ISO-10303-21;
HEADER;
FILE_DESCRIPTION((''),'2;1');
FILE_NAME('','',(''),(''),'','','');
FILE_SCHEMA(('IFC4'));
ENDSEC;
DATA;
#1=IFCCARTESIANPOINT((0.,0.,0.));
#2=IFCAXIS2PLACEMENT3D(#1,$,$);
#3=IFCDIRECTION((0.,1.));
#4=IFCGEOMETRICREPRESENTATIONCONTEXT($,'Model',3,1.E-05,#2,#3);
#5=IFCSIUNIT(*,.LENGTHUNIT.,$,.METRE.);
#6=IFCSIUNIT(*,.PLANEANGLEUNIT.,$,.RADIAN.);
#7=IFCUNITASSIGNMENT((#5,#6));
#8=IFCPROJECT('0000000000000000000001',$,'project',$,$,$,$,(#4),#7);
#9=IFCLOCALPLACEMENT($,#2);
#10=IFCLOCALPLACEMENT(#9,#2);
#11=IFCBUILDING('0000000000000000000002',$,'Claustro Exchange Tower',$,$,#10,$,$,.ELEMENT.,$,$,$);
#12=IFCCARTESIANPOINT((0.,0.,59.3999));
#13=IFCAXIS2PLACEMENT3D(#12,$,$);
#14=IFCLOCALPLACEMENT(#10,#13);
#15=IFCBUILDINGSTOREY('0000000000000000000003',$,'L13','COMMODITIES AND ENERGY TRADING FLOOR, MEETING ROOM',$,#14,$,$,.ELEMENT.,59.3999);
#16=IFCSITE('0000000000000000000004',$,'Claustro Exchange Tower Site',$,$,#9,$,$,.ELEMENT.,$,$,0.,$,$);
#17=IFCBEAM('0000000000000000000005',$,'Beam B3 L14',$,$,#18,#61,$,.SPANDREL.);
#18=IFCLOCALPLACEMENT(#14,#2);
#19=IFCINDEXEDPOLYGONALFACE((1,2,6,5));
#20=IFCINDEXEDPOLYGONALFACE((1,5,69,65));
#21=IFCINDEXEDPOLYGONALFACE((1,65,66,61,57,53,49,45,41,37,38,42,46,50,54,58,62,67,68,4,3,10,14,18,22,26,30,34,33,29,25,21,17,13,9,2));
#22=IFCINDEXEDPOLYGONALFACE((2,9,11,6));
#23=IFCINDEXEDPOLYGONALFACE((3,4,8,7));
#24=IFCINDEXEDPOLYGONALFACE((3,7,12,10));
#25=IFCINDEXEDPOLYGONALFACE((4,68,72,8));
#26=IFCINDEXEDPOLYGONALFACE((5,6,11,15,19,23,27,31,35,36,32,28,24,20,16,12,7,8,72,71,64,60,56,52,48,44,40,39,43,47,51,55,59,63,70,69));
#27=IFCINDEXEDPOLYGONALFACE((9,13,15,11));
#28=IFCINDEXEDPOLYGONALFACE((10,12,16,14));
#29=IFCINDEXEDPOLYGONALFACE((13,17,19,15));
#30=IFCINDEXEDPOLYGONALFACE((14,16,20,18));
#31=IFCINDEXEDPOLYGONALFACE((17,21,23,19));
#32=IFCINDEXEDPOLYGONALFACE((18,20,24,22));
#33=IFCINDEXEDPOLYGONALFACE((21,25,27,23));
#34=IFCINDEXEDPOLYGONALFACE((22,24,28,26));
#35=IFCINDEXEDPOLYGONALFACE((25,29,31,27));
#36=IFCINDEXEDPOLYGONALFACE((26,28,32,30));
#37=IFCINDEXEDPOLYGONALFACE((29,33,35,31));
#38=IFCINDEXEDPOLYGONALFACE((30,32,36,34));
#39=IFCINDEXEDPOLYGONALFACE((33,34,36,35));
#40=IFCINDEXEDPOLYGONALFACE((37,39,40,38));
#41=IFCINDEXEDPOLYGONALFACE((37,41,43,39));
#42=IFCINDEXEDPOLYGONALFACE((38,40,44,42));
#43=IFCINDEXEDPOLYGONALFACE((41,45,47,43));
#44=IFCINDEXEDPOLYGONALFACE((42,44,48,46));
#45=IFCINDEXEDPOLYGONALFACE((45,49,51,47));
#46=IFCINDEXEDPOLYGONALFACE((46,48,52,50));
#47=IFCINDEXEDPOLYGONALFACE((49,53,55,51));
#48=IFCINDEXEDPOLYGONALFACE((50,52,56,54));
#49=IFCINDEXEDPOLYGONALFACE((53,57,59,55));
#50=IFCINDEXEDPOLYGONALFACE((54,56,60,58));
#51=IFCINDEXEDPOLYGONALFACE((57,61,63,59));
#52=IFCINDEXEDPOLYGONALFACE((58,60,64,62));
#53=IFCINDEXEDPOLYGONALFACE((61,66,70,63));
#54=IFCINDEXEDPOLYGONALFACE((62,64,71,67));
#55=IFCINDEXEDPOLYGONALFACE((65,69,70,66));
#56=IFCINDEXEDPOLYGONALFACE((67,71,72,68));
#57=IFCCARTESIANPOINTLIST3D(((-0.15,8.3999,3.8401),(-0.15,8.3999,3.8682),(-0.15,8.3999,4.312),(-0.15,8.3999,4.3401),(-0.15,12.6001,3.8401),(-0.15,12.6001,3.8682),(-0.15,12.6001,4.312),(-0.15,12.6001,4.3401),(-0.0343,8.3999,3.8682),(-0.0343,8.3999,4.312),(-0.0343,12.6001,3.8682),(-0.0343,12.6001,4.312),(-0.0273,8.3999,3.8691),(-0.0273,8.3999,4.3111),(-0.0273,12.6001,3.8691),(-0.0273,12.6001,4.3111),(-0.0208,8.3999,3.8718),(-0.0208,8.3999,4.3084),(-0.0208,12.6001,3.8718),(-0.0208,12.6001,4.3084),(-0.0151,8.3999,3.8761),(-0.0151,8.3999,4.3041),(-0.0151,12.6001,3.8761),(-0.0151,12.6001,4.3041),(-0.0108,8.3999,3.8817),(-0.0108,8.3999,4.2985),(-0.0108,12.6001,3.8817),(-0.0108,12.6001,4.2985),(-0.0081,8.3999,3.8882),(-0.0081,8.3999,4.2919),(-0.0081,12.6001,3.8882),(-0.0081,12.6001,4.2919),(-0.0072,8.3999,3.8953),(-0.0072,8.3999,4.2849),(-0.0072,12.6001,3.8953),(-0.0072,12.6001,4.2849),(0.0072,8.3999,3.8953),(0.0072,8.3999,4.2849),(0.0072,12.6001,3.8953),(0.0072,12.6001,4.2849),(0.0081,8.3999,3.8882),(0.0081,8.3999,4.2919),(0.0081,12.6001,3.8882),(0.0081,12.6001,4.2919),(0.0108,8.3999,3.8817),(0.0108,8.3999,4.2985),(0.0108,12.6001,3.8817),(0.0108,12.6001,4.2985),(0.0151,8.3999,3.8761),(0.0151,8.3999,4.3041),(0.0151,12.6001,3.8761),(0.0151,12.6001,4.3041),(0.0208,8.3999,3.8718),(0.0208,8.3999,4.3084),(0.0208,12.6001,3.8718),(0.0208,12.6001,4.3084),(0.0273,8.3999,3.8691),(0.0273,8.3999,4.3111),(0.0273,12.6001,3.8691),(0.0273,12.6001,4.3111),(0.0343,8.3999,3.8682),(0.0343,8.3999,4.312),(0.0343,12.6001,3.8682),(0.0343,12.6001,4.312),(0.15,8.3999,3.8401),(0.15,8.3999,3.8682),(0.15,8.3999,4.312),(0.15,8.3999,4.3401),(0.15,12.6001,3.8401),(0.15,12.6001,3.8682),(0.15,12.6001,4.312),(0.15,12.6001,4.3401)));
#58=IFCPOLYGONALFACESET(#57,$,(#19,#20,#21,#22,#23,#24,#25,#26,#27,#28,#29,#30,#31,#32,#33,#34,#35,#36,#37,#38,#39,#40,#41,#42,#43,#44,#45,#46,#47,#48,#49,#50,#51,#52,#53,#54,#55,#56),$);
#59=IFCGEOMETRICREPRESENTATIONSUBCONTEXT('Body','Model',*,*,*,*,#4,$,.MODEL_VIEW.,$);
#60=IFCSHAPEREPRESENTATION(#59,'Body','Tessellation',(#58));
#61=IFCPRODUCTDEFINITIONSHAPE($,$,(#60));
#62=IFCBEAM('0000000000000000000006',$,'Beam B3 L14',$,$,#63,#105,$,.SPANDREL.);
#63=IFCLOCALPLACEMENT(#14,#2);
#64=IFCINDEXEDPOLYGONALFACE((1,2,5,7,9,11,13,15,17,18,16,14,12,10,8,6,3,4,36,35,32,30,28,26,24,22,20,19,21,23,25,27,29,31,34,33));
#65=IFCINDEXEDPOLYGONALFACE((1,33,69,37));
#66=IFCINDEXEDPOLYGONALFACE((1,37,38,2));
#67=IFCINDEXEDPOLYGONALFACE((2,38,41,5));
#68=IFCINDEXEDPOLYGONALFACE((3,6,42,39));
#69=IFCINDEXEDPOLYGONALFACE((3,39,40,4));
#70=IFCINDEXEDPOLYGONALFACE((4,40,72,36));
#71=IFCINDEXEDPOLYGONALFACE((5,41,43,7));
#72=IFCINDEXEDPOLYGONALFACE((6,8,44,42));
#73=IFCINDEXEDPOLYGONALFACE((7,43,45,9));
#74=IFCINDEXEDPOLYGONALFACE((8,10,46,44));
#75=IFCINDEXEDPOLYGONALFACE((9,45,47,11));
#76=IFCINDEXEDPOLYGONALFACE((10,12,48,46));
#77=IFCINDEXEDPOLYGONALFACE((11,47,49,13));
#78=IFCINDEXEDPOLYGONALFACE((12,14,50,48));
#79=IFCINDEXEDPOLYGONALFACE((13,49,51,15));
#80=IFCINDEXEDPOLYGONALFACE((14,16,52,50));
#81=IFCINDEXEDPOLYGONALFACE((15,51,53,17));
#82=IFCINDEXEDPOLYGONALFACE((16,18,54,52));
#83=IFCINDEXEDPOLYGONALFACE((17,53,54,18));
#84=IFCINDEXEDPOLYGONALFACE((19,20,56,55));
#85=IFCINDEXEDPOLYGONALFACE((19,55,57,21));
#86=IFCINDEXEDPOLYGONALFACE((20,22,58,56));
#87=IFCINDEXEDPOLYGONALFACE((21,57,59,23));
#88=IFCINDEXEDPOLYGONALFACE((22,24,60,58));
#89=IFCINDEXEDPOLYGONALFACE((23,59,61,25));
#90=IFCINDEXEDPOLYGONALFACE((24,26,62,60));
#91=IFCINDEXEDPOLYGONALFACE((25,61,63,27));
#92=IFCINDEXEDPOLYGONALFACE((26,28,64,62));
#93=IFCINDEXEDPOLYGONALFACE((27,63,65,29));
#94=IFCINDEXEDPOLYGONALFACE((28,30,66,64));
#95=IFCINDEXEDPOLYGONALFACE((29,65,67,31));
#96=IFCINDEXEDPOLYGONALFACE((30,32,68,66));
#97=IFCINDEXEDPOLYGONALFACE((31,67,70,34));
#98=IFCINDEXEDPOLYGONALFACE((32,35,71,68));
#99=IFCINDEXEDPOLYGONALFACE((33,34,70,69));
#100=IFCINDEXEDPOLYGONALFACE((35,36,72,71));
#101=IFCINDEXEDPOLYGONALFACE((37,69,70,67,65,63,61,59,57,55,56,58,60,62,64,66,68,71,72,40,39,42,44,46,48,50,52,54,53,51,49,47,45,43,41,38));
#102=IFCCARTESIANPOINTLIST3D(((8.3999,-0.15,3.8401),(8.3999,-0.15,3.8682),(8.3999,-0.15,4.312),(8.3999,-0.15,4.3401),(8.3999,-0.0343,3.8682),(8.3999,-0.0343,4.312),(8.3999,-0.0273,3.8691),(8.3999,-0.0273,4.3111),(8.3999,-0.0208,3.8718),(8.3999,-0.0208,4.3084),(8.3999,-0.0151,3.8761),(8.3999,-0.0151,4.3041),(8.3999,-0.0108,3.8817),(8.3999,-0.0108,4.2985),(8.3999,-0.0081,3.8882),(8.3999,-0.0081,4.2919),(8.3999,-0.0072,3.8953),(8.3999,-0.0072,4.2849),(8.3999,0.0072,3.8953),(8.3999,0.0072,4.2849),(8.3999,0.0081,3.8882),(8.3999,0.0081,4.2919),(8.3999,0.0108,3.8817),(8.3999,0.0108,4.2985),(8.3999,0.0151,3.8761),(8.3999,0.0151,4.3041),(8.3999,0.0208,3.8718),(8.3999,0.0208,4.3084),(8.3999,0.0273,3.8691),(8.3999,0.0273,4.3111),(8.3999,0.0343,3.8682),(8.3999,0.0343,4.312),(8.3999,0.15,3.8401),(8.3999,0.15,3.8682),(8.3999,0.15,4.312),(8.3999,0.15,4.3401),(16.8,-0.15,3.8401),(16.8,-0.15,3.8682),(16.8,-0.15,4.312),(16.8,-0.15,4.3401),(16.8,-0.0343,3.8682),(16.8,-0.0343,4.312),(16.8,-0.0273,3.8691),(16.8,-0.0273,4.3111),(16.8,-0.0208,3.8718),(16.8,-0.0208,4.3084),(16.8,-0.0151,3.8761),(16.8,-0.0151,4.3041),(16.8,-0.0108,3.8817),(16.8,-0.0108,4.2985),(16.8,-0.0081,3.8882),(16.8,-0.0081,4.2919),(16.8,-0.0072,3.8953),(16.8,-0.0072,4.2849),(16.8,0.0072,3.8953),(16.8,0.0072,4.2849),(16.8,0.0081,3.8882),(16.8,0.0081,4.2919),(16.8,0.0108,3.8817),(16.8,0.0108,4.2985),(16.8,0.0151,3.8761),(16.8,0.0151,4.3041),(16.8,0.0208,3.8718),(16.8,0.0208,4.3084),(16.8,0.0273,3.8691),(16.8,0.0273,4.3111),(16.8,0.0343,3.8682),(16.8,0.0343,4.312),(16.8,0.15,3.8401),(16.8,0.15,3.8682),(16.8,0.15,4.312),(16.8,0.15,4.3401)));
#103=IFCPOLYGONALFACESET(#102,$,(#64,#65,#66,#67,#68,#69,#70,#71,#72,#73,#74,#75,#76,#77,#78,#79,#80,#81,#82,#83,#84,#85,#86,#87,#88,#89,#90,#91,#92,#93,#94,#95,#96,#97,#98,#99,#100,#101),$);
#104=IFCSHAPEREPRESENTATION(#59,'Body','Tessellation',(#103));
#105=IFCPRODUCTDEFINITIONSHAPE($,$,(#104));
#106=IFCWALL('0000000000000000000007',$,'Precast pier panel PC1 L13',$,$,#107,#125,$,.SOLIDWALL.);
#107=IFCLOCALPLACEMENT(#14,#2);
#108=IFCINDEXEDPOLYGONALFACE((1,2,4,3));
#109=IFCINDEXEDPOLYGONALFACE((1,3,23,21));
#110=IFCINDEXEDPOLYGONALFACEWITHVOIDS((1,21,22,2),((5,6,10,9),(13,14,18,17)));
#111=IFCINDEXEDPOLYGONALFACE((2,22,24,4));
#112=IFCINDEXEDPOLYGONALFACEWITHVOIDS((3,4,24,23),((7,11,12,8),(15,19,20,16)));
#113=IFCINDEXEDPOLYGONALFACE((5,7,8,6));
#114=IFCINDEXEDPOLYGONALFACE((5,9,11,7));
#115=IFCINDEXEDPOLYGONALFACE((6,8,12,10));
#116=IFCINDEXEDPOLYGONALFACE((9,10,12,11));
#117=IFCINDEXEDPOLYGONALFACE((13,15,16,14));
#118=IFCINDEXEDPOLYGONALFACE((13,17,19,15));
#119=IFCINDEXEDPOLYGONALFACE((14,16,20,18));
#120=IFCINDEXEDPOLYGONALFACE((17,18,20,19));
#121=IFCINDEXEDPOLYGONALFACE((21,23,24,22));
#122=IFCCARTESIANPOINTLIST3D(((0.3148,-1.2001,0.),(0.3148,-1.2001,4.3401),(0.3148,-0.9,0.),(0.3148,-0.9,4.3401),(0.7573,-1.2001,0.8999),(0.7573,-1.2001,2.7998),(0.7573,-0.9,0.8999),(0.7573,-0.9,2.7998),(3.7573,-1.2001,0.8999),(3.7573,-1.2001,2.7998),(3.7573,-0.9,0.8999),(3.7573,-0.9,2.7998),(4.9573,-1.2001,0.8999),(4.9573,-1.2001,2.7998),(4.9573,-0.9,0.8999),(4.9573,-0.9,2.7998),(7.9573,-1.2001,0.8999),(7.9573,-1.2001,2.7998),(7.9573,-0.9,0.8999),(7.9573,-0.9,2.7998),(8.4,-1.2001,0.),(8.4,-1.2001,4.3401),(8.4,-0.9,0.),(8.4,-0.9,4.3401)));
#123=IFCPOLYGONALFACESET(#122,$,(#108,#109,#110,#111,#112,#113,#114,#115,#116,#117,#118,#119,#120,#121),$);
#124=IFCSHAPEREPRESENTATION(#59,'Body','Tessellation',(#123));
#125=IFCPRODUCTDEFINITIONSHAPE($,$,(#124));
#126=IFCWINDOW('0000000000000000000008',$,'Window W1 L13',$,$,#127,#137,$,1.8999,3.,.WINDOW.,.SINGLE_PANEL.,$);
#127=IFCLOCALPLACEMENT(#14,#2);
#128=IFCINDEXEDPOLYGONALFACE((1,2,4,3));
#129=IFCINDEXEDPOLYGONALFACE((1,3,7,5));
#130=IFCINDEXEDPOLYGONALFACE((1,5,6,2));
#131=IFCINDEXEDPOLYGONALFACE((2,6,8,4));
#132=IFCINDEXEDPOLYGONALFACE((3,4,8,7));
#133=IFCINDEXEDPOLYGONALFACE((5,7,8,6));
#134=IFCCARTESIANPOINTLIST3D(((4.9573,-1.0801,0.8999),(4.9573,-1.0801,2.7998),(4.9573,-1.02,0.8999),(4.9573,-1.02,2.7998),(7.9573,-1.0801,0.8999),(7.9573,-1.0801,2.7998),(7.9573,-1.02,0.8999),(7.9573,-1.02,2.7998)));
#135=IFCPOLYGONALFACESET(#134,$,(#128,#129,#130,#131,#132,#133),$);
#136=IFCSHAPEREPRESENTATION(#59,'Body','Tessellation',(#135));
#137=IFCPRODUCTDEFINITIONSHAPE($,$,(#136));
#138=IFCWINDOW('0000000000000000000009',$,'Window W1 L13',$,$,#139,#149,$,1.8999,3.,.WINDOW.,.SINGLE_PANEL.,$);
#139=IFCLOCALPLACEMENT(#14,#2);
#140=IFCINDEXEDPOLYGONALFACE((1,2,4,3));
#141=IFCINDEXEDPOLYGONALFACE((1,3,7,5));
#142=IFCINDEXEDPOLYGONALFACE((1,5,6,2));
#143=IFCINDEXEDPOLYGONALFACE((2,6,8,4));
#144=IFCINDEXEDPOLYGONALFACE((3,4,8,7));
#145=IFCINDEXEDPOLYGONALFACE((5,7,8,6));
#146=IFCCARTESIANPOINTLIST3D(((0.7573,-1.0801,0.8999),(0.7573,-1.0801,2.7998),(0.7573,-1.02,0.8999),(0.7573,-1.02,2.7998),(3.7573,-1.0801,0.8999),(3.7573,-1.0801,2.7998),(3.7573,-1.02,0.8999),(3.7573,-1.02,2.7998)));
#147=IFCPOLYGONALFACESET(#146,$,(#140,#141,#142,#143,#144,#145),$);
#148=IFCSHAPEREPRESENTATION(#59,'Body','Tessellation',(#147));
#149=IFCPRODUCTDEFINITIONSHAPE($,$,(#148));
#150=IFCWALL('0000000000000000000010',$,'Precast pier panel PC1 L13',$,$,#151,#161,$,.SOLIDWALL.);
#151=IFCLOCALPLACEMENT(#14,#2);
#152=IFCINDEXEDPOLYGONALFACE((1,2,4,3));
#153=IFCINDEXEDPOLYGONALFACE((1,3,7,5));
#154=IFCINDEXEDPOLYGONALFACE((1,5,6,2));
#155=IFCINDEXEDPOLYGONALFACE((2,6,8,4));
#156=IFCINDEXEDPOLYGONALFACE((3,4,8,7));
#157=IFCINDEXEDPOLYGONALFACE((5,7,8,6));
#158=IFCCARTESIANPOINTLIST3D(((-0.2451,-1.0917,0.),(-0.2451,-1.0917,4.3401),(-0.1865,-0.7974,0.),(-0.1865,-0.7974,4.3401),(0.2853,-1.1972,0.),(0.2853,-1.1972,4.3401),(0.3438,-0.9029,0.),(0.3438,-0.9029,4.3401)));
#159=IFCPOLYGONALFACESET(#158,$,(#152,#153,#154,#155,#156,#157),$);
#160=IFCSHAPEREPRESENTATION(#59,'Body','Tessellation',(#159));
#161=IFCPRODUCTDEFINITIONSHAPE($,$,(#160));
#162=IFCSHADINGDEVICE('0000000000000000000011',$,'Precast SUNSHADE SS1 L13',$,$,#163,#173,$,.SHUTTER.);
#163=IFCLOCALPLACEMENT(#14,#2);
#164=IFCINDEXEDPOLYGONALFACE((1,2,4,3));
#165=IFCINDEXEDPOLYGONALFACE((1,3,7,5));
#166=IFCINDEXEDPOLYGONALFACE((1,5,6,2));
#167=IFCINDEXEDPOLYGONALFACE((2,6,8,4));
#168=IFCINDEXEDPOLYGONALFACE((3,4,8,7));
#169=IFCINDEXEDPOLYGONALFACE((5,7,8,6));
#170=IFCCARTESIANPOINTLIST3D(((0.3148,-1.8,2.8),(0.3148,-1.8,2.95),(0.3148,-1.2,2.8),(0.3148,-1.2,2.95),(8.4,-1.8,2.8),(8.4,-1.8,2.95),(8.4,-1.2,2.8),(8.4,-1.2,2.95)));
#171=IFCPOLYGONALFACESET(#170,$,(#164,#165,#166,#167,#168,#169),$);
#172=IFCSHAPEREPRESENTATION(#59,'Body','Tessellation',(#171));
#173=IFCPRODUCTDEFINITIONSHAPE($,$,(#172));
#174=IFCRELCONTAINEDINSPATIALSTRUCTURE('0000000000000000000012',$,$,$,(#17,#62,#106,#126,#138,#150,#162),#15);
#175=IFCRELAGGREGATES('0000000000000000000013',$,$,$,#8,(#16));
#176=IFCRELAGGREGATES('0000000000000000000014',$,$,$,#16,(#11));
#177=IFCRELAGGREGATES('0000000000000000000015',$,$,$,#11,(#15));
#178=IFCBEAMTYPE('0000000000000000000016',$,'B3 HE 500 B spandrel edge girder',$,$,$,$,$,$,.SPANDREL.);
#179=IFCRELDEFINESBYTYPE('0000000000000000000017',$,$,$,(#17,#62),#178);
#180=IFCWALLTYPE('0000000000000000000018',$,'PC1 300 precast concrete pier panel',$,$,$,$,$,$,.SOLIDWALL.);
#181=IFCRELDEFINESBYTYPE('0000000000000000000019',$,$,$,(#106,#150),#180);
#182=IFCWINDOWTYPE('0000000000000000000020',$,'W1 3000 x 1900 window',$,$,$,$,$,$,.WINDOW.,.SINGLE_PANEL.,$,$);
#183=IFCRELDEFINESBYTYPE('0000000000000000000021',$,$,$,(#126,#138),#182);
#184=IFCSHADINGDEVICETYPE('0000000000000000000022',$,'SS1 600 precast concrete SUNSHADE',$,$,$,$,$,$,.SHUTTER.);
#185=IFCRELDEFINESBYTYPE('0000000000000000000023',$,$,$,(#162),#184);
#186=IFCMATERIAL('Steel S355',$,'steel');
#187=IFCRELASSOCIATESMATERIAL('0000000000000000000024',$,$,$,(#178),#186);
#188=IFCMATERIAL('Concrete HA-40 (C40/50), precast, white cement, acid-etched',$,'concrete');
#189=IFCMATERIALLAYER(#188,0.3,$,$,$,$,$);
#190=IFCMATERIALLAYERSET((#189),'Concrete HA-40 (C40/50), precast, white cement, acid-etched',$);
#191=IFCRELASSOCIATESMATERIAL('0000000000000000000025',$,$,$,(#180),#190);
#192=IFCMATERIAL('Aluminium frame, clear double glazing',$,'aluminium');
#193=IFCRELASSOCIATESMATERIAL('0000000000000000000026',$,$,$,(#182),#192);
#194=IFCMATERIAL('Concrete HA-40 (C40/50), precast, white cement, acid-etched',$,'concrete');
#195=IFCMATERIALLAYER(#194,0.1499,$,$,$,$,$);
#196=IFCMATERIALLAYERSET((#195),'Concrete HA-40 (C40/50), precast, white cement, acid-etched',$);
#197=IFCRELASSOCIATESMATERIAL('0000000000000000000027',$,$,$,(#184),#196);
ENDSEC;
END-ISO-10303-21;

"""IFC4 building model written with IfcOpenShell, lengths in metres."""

from ifc_helpers import new_model, si_unit, direction, frame, frame_2d, origin, origin_2d, place, context, subcontext, project, spatial, rectangle, i_section, extrude, material, layer, layer_set, material_profile, profile_set, type_object, element, fill, save


model = new_model("IFC4")

# Units and contexts
model_context = context("Model", 3, precision=1e-05, world=origin(), true_north=direction((0.0, 1.0)))
body_context = subcontext(model_context, "Body", "Model", "MODEL_VIEW")
ifc_project = project(units=[si_unit("LENGTHUNIT", "METRE"), si_unit("PLANEANGLEUNIT", "RADIAN")], contexts=[model_context])

# Site, building, storey
site_placement = place(None, origin())
site = spatial("IfcSite", under=ifc_project, at=site_placement, Name="Claustro Exchange Tower Site", CompositionType="ELEMENT", RefElevation=0.0)
building_placement = place(site_placement, origin())
building = spatial("IfcBuilding", under=site, at=building_placement, Name="Claustro Exchange Tower", CompositionType="ELEMENT")
storey_placement = place(building_placement, frame((0.0, 0.0, 59.3999)))
storey = spatial("IfcBuildingStorey", under=building, at=storey_placement, Name="L13", Description="COMMODITIES AND ENERGY TRADING FLOOR, MEETING ROOM", CompositionType="ELEMENT", Elevation=59.3999)

# Beams
ifc_material_1 = material(Name="Steel S355", Category="steel")
ifc_material_profile_1 = material_profile(ifc_material_1, i_section(OverallWidth=0.3, OverallDepth=0.5, WebThickness=0.0144, FlangeThickness=0.0281, FilletRadius=0.0271, at=origin_2d()), Name="HE 500 B")
ifc_profile_set_1 = profile_set([ifc_material_profile_1], Name="Steel S355")
beam_type_1 = type_object("IfcBeamType", Name="B3 HE 500 B spandrel edge girder", PredefinedType="SPANDREL", material=ifc_profile_set_1)
beam_1_placement = place(storey_placement, frame((0.0, 8.3999, 4.0901), z_axis=(0.0, 1.0, 0.0), x_axis=(-1.0, 0.0, 0.0)))
element("IfcBeam", 1, at=beam_1_placement, inside=storey, type_object=beam_type_1, Name="Beam B3 L14", PredefinedType="SPANDREL", context=body_context, shape_type="SweptSolid", body=[
    extrude(i_section(OverallWidth=0.3, OverallDepth=0.5, WebThickness=0.0144, FlangeThickness=0.0281, FilletRadius=0.0271, at=origin_2d()), origin(), (0.0, 0.0, 1.0), 4.2002),
])
beam_2_placement = place(storey_placement, frame((8.3999, 0.0, 4.0901), z_axis=(1.0, 0.0, 0.0), x_axis=(0.0, 1.0, 0.0)))
element("IfcBeam", 2, at=beam_2_placement, inside=storey, type_object=beam_type_1, Name="Beam B3 L14", PredefinedType="SPANDREL", context=body_context, shape_type="SweptSolid", body=[
    extrude(i_section(OverallWidth=0.3, OverallDepth=0.5, WebThickness=0.0144, FlangeThickness=0.0281, FilletRadius=0.0271, at=origin_2d()), origin(), (0.0, 0.0, 1.0), 8.4001),
])

# Wall, openings, windows
ifc_material_2 = material(Name="Concrete HA-40 (C40/50), precast, white cement, acid-etched", Category="concrete")
ifc_layer_1 = layer(ifc_material_2, 0.3)
ifc_layer_set_1 = layer_set([ifc_layer_1], Name="Concrete HA-40 (C40/50), precast, white cement, acid-etched")
wall_type = type_object("IfcWallType", Name="PC1 300 precast concrete pier panel", PredefinedType="SOLIDWALL", material=ifc_layer_set_1)
wall_1_placement = place(storey_placement, frame((8.3999, -1.05, 0.0), z_axis=(0.0, 0.0, 1.0), x_axis=(-1.0, 0.0, 0.0)))
wall_1 = element("IfcWall", 3, at=wall_1_placement, inside=storey, type_object=wall_type, Name="Precast pier panel PC1 L13", PredefinedType="SOLIDWALL", context=body_context, shape_type="SweptSolid", body=[
    extrude(rectangle(XDim=8.0852, YDim=0.3, at=frame_2d((4.0425, 0.0))), origin(), (0.0, 0.0, 1.0), 4.3401),
])
opening_1_placement = place(wall_1_placement, frame((0.4426, 0.0, 0.8999)))
opening_1 = element("IfcOpeningElement", 4, at=opening_1_placement, cuts=wall_1, PredefinedType="OPENING", context=body_context, shape_type="SweptSolid", body=[
    extrude(rectangle(XDim=3.0, YDim=1.8999, at=frame_2d((1.5, 0.95))), frame((0.0, 0.1599, 0.0), z_axis=(0.0, -1.0, 0.0), x_axis=(1.0, 0.0, 0.0)), (0.0, 0.0, 1.0), 0.3201),
])
opening_2_placement = place(wall_1_placement, frame((4.6426, 0.0, 0.8999)))
opening_2 = element("IfcOpeningElement", 5, at=opening_2_placement, cuts=wall_1, PredefinedType="OPENING", context=body_context, shape_type="SweptSolid", body=[
    extrude(rectangle(XDim=3.0, YDim=1.8999, at=frame_2d((1.5, 0.95))), frame((0.0, 0.1599, 0.0), z_axis=(0.0, -1.0, 0.0), x_axis=(1.0, 0.0, 0.0)), (0.0, 0.0, 1.0), 0.3201),
])
ifc_material_3 = material(Name="Aluminium frame, clear double glazing", Category="aluminium")
window_type = type_object("IfcWindowType", Name="W1 3000 x 1900 window", PartitioningType="SINGLE_PANEL", PredefinedType="WINDOW", material=ifc_material_3)
window_1_placement = place(opening_1_placement, origin())
window_1 = element("IfcWindow", 6, at=window_1_placement, inside=storey, type_object=window_type, Name="Window W1 L13", OverallHeight=1.8999, OverallWidth=3.0, PartitioningType="SINGLE_PANEL", PredefinedType="WINDOW", context=body_context, shape_type="SweptSolid", body=[
    extrude(rectangle(XDim=3.0, YDim=1.8999, at=frame_2d((1.5, 0.95))), frame((0.0, 0.03, 0.0), z_axis=(0.0, -1.0, 0.0), x_axis=(1.0, 0.0, 0.0)), (0.0, 0.0, 1.0), 0.0601),
])
fill(opening_1, window_1)
window_2_placement = place(opening_2_placement, origin())
window_2 = element("IfcWindow", 7, at=window_2_placement, inside=storey, type_object=window_type, Name="Window W1 L13", OverallHeight=1.8999, OverallWidth=3.0, PartitioningType="SINGLE_PANEL", PredefinedType="WINDOW", context=body_context, shape_type="SweptSolid", body=[
    extrude(rectangle(XDim=3.0, YDim=1.8999, at=frame_2d((1.5, 0.95))), frame((0.0, 0.03, 0.0), z_axis=(0.0, -1.0, 0.0), x_axis=(1.0, 0.0, 0.0)), (0.0, 0.0, 1.0), 0.0601),
])
fill(opening_2, window_2)

# Wall
wall_2_placement = place(storey_placement, frame((0.3147, -1.05, 0.0), z_axis=(0.0, 0.0, 1.0), x_axis=(-0.980789, 0.195074, 0.0)))
element("IfcWall", 8, at=wall_2_placement, inside=storey, type_object=wall_type, Name="Precast pier panel PC1 L13", PredefinedType="SOLIDWALL", context=body_context, shape_type="SweptSolid", body=[
    extrude(rectangle(XDim=0.5408, YDim=0.3, at=frame_2d((0.2705, 0.0))), origin(), (0.0, 0.0, 1.0), 4.3401),
])

# Shading device
ifc_material_4 = material(Name="Concrete HA-40 (C40/50), precast, white cement, acid-etched", Category="concrete")
ifc_layer_2 = layer(ifc_material_4, 0.1499)
ifc_layer_set_2 = layer_set([ifc_layer_2], Name="Concrete HA-40 (C40/50), precast, white cement, acid-etched")
shading_device_type = type_object("IfcShadingDeviceType", Name="SS1 600 precast concrete SUNSHADE", PredefinedType="SHUTTER", material=ifc_layer_set_2)
shading_device_placement = place(storey_placement, frame((4.3574, -1.5, 2.8), z_axis=(0.0, 0.0, 1.0), x_axis=(-1.0, 0.0, 0.0)))
element("IfcShadingDevice", 9, at=shading_device_placement, inside=storey, type_object=shading_device_type, Name="Precast SUNSHADE SS1 L13", PredefinedType="SHUTTER", context=body_context, shape_type="SweptSolid", body=[
    extrude(rectangle(XDim=8.0852, YDim=0.6001, at=origin_2d()), origin(), (0.0, 0.0, 1.0), 0.1499),
])

save(model, "model.ifc")
